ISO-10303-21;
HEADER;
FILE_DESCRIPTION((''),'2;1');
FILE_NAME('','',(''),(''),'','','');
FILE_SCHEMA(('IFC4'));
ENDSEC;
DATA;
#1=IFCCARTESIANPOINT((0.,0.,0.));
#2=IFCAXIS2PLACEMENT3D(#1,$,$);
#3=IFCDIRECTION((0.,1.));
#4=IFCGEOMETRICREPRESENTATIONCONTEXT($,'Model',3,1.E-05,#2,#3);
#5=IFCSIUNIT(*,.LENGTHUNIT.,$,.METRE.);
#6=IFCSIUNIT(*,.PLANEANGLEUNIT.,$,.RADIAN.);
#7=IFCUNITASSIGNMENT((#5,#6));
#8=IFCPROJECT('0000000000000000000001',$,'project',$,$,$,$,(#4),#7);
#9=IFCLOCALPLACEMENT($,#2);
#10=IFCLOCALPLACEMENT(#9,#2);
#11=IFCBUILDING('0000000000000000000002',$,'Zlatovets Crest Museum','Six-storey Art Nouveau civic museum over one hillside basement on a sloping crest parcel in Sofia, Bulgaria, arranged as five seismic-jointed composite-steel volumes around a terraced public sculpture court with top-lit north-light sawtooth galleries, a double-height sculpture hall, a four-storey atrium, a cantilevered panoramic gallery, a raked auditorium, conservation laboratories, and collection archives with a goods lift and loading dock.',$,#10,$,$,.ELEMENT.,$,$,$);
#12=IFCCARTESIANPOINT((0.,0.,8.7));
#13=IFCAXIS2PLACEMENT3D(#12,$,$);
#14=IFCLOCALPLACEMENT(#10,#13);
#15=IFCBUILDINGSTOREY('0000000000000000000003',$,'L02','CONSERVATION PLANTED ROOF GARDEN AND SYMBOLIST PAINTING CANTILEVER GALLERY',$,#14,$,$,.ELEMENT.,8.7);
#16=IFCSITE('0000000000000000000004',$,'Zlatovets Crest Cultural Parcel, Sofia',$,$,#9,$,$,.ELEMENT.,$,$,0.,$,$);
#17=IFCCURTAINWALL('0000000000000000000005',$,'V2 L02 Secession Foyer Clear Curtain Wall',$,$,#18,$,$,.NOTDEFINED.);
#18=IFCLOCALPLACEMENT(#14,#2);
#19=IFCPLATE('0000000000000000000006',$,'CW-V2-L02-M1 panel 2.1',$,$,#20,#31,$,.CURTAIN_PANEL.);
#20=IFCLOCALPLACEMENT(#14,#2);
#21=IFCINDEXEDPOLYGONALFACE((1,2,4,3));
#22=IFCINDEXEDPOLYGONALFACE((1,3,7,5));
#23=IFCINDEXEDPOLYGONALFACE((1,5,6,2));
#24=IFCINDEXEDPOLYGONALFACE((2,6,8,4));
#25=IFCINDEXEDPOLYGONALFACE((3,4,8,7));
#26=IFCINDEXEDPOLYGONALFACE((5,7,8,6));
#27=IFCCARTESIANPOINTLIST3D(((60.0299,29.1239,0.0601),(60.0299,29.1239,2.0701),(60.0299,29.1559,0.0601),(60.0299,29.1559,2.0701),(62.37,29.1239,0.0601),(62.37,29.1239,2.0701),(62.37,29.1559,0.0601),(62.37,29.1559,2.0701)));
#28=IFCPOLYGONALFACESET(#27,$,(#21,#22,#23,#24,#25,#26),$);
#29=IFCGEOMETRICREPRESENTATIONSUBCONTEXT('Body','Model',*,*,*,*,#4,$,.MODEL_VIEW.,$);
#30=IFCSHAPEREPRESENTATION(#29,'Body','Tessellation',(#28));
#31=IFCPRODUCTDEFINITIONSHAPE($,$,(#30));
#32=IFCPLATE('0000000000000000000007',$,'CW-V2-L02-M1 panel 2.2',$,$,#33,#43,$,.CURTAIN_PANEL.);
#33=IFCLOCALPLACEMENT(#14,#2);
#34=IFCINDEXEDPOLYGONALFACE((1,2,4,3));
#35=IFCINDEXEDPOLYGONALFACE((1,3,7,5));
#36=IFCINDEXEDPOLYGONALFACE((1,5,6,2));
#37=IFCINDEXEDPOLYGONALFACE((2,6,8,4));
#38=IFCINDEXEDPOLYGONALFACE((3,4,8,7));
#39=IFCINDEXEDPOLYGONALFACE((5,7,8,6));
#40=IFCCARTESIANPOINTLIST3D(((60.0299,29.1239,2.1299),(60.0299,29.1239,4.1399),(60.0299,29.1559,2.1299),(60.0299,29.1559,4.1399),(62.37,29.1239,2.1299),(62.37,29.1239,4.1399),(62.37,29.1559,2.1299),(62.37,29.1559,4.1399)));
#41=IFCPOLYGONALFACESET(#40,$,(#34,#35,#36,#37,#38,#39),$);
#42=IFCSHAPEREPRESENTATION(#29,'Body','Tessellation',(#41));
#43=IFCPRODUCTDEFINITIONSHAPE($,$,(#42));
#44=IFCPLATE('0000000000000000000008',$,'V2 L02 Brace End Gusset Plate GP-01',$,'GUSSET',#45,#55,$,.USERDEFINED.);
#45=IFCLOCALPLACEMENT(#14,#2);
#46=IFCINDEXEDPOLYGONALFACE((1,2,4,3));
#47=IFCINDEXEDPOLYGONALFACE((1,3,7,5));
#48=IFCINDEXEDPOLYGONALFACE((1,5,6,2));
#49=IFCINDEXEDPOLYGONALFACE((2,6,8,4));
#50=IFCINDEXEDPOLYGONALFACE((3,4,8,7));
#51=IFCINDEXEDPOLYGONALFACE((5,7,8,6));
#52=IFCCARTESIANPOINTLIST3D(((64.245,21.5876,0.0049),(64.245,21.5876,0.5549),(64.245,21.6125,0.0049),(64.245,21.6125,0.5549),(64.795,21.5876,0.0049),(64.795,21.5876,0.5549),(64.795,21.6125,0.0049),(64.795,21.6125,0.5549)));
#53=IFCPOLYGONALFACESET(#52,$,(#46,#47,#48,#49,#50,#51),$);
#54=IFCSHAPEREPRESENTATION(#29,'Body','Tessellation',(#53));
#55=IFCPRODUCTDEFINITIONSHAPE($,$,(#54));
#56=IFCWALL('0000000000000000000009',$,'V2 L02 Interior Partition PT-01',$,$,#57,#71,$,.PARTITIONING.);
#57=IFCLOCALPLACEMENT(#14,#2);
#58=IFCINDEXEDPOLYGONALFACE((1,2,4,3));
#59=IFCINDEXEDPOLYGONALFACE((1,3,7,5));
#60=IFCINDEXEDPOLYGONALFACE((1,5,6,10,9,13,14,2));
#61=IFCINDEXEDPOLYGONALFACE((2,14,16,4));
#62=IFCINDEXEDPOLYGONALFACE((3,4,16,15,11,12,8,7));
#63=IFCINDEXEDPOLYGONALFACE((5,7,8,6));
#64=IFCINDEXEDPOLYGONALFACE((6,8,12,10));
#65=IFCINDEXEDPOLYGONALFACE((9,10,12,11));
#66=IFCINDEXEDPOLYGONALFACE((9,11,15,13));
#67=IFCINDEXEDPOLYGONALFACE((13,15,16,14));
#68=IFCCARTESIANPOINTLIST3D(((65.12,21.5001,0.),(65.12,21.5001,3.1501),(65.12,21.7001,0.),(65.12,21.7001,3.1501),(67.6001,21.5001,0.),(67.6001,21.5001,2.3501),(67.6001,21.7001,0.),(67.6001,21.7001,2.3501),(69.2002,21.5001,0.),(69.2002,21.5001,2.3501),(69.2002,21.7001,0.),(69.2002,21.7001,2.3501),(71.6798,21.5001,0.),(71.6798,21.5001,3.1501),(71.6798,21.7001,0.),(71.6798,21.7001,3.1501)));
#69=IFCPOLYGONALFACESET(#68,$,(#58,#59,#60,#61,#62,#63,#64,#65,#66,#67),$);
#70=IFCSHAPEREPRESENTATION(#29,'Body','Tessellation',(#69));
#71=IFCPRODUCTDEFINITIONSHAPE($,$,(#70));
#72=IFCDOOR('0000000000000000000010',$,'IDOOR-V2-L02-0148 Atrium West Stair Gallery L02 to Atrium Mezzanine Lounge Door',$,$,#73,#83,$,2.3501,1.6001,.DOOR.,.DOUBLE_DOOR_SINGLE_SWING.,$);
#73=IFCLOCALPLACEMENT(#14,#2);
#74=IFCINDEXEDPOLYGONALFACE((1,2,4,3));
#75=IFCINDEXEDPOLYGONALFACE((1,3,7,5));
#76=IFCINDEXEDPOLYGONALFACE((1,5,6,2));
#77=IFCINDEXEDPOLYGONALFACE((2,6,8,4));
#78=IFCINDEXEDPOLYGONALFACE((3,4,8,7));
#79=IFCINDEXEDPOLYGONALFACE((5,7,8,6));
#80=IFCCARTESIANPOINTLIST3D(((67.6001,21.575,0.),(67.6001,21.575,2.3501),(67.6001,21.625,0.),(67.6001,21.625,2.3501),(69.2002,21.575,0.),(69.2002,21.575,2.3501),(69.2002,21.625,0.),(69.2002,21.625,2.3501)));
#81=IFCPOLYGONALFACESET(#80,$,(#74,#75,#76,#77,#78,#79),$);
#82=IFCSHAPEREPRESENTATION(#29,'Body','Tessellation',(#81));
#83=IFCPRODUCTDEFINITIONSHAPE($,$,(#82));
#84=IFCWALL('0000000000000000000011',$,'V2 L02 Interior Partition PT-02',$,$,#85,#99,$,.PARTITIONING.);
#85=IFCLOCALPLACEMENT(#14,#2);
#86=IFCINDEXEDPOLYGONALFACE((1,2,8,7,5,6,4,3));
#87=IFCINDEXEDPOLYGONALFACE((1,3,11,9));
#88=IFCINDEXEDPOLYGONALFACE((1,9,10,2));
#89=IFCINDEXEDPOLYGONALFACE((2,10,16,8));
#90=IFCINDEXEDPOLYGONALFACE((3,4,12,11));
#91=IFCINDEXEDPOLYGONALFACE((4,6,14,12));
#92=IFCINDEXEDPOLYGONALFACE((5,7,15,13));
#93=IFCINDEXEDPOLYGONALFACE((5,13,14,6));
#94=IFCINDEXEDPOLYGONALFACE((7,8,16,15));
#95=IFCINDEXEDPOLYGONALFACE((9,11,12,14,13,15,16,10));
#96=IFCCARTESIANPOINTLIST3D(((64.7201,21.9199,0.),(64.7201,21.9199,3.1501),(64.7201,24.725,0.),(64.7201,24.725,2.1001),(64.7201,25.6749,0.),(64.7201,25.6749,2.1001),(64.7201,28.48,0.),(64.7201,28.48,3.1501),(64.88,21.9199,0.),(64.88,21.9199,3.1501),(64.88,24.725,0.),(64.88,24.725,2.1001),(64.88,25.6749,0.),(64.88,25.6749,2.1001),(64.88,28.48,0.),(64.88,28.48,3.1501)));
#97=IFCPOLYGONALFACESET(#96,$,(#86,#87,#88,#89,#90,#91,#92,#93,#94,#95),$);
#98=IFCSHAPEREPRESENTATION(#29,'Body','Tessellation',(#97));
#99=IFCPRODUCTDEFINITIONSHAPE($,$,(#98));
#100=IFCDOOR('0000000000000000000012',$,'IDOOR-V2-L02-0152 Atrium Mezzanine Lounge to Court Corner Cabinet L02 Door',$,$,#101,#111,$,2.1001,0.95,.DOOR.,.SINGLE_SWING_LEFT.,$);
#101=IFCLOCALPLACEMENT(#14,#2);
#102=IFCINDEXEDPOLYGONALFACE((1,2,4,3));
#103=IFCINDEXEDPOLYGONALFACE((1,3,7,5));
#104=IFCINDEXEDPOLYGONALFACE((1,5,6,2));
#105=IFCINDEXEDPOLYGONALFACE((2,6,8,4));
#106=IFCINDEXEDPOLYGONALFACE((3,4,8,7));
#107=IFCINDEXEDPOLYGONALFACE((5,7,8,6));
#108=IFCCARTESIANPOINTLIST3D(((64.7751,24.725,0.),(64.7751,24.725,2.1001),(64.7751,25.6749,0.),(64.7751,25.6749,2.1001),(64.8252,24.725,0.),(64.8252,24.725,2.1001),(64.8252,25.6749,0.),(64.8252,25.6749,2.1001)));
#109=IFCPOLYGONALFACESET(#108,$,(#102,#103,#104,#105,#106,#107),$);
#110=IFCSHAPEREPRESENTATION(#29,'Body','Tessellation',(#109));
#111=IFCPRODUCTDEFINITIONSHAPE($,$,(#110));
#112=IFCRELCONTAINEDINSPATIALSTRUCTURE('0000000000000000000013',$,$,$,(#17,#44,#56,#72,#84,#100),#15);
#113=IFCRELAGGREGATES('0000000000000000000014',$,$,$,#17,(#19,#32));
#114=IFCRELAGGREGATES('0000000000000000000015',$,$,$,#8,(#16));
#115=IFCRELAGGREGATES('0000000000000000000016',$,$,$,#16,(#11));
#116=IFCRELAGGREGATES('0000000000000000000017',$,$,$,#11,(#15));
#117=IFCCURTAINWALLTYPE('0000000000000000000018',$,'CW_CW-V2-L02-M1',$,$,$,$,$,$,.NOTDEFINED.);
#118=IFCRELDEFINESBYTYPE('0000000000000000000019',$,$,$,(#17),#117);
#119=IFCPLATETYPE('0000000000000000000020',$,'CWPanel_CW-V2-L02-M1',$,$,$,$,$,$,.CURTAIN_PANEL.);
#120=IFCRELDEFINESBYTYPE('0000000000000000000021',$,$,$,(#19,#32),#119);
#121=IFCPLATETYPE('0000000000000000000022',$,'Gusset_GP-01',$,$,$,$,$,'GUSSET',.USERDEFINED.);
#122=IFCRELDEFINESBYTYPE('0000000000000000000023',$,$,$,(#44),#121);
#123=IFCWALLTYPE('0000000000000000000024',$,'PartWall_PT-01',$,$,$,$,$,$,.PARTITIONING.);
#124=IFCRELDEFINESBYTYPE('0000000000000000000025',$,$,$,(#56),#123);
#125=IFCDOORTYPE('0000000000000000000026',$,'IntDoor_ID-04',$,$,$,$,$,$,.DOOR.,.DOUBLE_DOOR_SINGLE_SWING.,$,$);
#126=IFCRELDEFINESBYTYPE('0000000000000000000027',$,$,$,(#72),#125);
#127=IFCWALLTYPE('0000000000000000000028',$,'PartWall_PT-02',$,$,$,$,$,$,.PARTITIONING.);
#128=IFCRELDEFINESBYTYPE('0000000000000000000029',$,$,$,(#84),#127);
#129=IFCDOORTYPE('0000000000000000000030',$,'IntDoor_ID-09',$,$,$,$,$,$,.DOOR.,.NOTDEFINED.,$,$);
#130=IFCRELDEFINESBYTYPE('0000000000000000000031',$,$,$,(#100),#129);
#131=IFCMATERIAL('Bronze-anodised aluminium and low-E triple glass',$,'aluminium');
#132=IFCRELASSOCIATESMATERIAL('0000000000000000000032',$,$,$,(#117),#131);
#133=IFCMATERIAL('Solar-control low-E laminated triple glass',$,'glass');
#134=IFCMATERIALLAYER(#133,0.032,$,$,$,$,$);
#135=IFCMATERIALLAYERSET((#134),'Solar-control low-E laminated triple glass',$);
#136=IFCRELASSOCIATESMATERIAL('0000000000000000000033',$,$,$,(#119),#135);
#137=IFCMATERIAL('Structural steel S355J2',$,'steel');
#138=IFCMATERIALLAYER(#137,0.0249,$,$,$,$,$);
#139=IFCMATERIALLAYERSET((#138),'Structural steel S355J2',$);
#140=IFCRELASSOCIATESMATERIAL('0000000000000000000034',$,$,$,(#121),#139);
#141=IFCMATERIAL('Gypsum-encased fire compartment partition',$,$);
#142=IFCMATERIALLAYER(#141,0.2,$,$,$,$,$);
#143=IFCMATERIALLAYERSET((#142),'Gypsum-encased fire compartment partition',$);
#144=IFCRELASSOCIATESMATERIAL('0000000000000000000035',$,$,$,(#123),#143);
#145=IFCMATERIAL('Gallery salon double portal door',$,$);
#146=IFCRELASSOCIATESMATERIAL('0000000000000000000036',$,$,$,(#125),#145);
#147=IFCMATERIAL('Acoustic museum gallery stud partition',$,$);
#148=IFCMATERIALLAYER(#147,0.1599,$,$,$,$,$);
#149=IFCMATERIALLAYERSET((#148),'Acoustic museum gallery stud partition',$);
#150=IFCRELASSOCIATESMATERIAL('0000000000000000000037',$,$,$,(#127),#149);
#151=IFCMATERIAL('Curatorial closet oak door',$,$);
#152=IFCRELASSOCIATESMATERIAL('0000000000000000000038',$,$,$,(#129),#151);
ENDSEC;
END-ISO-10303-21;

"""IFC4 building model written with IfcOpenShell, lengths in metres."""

from ifc_helpers import new_model, si_unit, direction, frame, frame_2d, origin, origin_2d, place, context, subcontext, project, spatial, rectangle, extrude, material, layer, layer_set, type_object, element, fill, aggregate, save


model = new_model("IFC4")

# Units and contexts
model_context = context("Model", 3, precision=1e-05, world=origin(), true_north=direction((0.0, 1.0)))
body_context = subcontext(model_context, "Body", "Model", "MODEL_VIEW")
ifc_project = project(units=[si_unit("LENGTHUNIT", "METRE"), si_unit("PLANEANGLEUNIT", "RADIAN")], contexts=[model_context])

# Site, building, storey
site_placement = place(None, origin())
site = spatial("IfcSite", under=ifc_project, at=site_placement, Name="Zlatovets Crest Cultural Parcel, Sofia", CompositionType="ELEMENT", RefElevation=0.0)
building_placement = place(site_placement, origin())
building = spatial("IfcBuilding", under=site, at=building_placement, Name="Zlatovets Crest Museum", Description="Six-storey Art Nouveau civic museum over one hillside basement on a sloping crest parcel in Sofia, Bulgaria, arranged as five seismic-jointed composite-steel volumes around a terraced public sculpture court with top-lit north-light sawtooth galleries, a double-height sculpture hall, a four-storey atrium, a cantilevered panoramic gallery, a raked auditorium, conservation laboratories, and collection archives with a goods lift and loading dock.", CompositionType="ELEMENT")
storey_placement = place(building_placement, frame((0.0, 0.0, 8.7)))
storey = spatial("IfcBuildingStorey", under=building, at=storey_placement, Name="L02", Description="CONSERVATION PLANTED ROOF GARDEN AND SYMBOLIST PAINTING CANTILEVER GALLERY", CompositionType="ELEMENT", Elevation=8.7)

# Shared definitions
ifc_material_1 = material(Name="Structural steel S355J2", Category="steel")

# Curtain wall
ifc_material_2 = material(Name="Bronze-anodised aluminium and low-E triple glass", Category="aluminium")
curtain_wall_type = type_object("IfcCurtainWallType", Name="CW_CW-V2-L02-M1", PredefinedType="NOTDEFINED", material=ifc_material_2)
curtain_wall_placement = place(storey_placement, origin())
curtain_wall = element("IfcCurtainWall", 1, at=curtain_wall_placement, inside=storey, type_object=curtain_wall_type, Name="V2 L02 Secession Foyer Clear Curtain Wall", PredefinedType="NOTDEFINED")

# Plates
ifc_material_3 = material(Name="Solar-control low-E laminated triple glass", Category="glass")
ifc_layer_1 = layer(ifc_material_3, 0.032)
ifc_layer_set_1 = layer_set([ifc_layer_1], Name="Solar-control low-E laminated triple glass")
plate_type_1 = type_object("IfcPlateType", Name="CWPanel_CW-V2-L02-M1", PredefinedType="CURTAIN_PANEL", material=ifc_layer_set_1)
plate_1_placement = place(storey_placement, frame((61.2, 29.1399, 0.0601), z_axis=(0.0, 0.0, 1.0), x_axis=(-1.0, 0.0, 0.0)))
plate_1 = element("IfcPlate", 2, at=plate_1_placement, type_object=plate_type_1, Name="CW-V2-L02-M1 panel 2.1", PredefinedType="CURTAIN_PANEL", context=body_context, shape_type="SweptSolid", body=[
    extrude(rectangle(XDim=2.3401, YDim=0.032, at=origin_2d()), origin(), (0.0, 0.0, 1.0), 2.01),
])
plate_2_placement = place(storey_placement, frame((61.2, 29.1399, 2.1299), z_axis=(0.0, 0.0, 1.0), x_axis=(-1.0, 0.0, 0.0)))
plate_2 = element("IfcPlate", 3, at=plate_2_placement, type_object=plate_type_1, Name="CW-V2-L02-M1 panel 2.2", PredefinedType="CURTAIN_PANEL", context=body_context, shape_type="SweptSolid", body=[
    extrude(rectangle(XDim=2.3401, YDim=0.032, at=origin_2d()), origin(), (0.0, 0.0, 1.0), 2.01),
])
aggregate(curtain_wall, [plate_1, plate_2])
ifc_layer_2 = layer(ifc_material_1, 0.0249)
ifc_layer_set_2 = layer_set([ifc_layer_2], Name="Structural steel S355J2")
plate_type_2 = type_object("IfcPlateType", Name="Gusset_GP-01", ElementType="GUSSET", PredefinedType="USERDEFINED", material=ifc_layer_set_2)
plate_3_placement = place(storey_placement, frame((64.52, 21.6001, 0.0049), z_axis=(0.0, 0.0, 1.0), x_axis=(1.0, 0.0, 0.0)))
element("IfcPlate", 4, at=plate_3_placement, inside=storey, type_object=plate_type_2, Name="V2 L02 Brace End Gusset Plate GP-01", ObjectType="GUSSET", PredefinedType="USERDEFINED", context=body_context, shape_type="SweptSolid", body=[
    extrude(rectangle(XDim=0.55, YDim=0.0249, at=origin_2d()), origin(), (0.0, 0.0, 1.0), 0.55),
])

# Walls, openings, doors
ifc_material_4 = material(Name="Gypsum-encased fire compartment partition")
ifc_layer_3 = layer(ifc_material_4, 0.2)
ifc_layer_set_3 = layer_set([ifc_layer_3], Name="Gypsum-encased fire compartment partition")
wall_type_1 = type_object("IfcWallType", Name="PartWall_PT-01", PredefinedType="PARTITIONING", material=ifc_layer_set_3)
wall_1_placement = place(storey_placement, frame((65.1201, 21.6001, 0.0), z_axis=(0.0, 0.0, 1.0), x_axis=(1.0, 0.0, 0.0)))
wall_1 = element("IfcWall", 5, at=wall_1_placement, inside=storey, type_object=wall_type_1, Name="V2 L02 Interior Partition PT-01", PredefinedType="PARTITIONING", context=body_context, shape_type="SweptSolid", body=[
    extrude(rectangle(XDim=6.5598, YDim=0.2, at=frame_2d((3.2798, 0.0))), origin(), (0.0, 0.0, 1.0), 3.1501),
])
opening_1_placement = place(wall_1_placement, frame((2.48, 0.0, 0.0)))
opening_1 = element("IfcOpeningElement", 6, at=opening_1_placement, cuts=wall_1, PredefinedType="OPENING", context=body_context, shape_type="SweptSolid", body=[
    extrude(rectangle(XDim=1.6001, YDim=2.3501, at=frame_2d((0.8, 1.175))), frame((0.0, 0.1099, 0.0), z_axis=(0.0, -1.0, 0.0), x_axis=(1.0, 0.0, 0.0)), (0.0, 0.0, 1.0), 0.22),
])
ifc_material_5 = material(Name="Gallery salon double portal door")
door_type_1 = type_object("IfcDoorType", Name="IntDoor_ID-04", OperationType="DOUBLE_DOOR_SINGLE_SWING", PredefinedType="DOOR", material=ifc_material_5)
door_1_placement = place(opening_1_placement, origin())
door_1 = element("IfcDoor", 7, at=door_1_placement, inside=storey, type_object=door_type_1, Name="IDOOR-V2-L02-0148 Atrium West Stair Gallery L02 to Atrium Mezzanine Lounge Door", OperationType="DOUBLE_DOOR_SINGLE_SWING", OverallHeight=2.3501, OverallWidth=1.6001, PredefinedType="DOOR", context=body_context, shape_type="SweptSolid", body=[
    extrude(rectangle(XDim=1.6001, YDim=2.3501, at=frame_2d((0.8, 1.175))), frame((0.0, 0.0249, 0.0), z_axis=(0.0, -1.0, 0.0), x_axis=(1.0, 0.0, 0.0)), (0.0, 0.0, 1.0), 0.05),
])
fill(opening_1, door_1)
ifc_material_6 = material(Name="Acoustic museum gallery stud partition")
ifc_layer_4 = layer(ifc_material_6, 0.1599)
ifc_layer_set_4 = layer_set([ifc_layer_4], Name="Acoustic museum gallery stud partition")
wall_type_2 = type_object("IfcWallType", Name="PartWall_PT-02", PredefinedType="PARTITIONING", material=ifc_layer_set_4)
wall_2_placement = place(storey_placement, frame((64.8, 21.9199, 0.0), z_axis=(0.0, 0.0, 1.0), x_axis=(0.0, 1.0, 0.0)))
wall_2 = element("IfcWall", 8, at=wall_2_placement, inside=storey, type_object=wall_type_2, Name="V2 L02 Interior Partition PT-02", PredefinedType="PARTITIONING", context=body_context, shape_type="SweptSolid", body=[
    extrude(rectangle(XDim=6.5601, YDim=0.1599, at=frame_2d((3.28, 0.0))), origin(), (0.0, 0.0, 1.0), 3.1501),
])
opening_2_placement = place(wall_2_placement, frame((2.8049, 0.0, 0.0)))
opening_2 = element("IfcOpeningElement", 9, at=opening_2_placement, cuts=wall_2, PredefinedType="OPENING", context=body_context, shape_type="SweptSolid", body=[
    extrude(rectangle(XDim=0.95, YDim=2.1001, at=frame_2d((0.4751, 1.05))), frame((0.0, 0.0898, 0.0), z_axis=(0.0, -1.0, 0.0), x_axis=(1.0, 0.0, 0.0)), (0.0, 0.0, 1.0), 0.1799),
])
ifc_material_7 = material(Name="Curatorial closet oak door")
door_type_2 = type_object("IfcDoorType", Name="IntDoor_ID-09", OperationType="NOTDEFINED", PredefinedType="DOOR", material=ifc_material_7)
door_2_placement = place(opening_2_placement, origin())
door_2 = element("IfcDoor", 10, at=door_2_placement, inside=storey, type_object=door_type_2, Name="IDOOR-V2-L02-0152 Atrium Mezzanine Lounge to Court Corner Cabinet L02 Door", OperationType="SINGLE_SWING_LEFT", OverallHeight=2.1001, OverallWidth=0.95, PredefinedType="DOOR", context=body_context, shape_type="SweptSolid", body=[
    extrude(rectangle(XDim=0.95, YDim=2.1001, at=frame_2d((0.4751, 1.05))), frame((0.0, 0.0249, 0.0), z_axis=(0.0, -1.0, 0.0), x_axis=(1.0, 0.0, 0.0)), (0.0, 0.0, 1.0), 0.05),
])
fill(opening_2, door_2)

save(model, "model.ifc")
